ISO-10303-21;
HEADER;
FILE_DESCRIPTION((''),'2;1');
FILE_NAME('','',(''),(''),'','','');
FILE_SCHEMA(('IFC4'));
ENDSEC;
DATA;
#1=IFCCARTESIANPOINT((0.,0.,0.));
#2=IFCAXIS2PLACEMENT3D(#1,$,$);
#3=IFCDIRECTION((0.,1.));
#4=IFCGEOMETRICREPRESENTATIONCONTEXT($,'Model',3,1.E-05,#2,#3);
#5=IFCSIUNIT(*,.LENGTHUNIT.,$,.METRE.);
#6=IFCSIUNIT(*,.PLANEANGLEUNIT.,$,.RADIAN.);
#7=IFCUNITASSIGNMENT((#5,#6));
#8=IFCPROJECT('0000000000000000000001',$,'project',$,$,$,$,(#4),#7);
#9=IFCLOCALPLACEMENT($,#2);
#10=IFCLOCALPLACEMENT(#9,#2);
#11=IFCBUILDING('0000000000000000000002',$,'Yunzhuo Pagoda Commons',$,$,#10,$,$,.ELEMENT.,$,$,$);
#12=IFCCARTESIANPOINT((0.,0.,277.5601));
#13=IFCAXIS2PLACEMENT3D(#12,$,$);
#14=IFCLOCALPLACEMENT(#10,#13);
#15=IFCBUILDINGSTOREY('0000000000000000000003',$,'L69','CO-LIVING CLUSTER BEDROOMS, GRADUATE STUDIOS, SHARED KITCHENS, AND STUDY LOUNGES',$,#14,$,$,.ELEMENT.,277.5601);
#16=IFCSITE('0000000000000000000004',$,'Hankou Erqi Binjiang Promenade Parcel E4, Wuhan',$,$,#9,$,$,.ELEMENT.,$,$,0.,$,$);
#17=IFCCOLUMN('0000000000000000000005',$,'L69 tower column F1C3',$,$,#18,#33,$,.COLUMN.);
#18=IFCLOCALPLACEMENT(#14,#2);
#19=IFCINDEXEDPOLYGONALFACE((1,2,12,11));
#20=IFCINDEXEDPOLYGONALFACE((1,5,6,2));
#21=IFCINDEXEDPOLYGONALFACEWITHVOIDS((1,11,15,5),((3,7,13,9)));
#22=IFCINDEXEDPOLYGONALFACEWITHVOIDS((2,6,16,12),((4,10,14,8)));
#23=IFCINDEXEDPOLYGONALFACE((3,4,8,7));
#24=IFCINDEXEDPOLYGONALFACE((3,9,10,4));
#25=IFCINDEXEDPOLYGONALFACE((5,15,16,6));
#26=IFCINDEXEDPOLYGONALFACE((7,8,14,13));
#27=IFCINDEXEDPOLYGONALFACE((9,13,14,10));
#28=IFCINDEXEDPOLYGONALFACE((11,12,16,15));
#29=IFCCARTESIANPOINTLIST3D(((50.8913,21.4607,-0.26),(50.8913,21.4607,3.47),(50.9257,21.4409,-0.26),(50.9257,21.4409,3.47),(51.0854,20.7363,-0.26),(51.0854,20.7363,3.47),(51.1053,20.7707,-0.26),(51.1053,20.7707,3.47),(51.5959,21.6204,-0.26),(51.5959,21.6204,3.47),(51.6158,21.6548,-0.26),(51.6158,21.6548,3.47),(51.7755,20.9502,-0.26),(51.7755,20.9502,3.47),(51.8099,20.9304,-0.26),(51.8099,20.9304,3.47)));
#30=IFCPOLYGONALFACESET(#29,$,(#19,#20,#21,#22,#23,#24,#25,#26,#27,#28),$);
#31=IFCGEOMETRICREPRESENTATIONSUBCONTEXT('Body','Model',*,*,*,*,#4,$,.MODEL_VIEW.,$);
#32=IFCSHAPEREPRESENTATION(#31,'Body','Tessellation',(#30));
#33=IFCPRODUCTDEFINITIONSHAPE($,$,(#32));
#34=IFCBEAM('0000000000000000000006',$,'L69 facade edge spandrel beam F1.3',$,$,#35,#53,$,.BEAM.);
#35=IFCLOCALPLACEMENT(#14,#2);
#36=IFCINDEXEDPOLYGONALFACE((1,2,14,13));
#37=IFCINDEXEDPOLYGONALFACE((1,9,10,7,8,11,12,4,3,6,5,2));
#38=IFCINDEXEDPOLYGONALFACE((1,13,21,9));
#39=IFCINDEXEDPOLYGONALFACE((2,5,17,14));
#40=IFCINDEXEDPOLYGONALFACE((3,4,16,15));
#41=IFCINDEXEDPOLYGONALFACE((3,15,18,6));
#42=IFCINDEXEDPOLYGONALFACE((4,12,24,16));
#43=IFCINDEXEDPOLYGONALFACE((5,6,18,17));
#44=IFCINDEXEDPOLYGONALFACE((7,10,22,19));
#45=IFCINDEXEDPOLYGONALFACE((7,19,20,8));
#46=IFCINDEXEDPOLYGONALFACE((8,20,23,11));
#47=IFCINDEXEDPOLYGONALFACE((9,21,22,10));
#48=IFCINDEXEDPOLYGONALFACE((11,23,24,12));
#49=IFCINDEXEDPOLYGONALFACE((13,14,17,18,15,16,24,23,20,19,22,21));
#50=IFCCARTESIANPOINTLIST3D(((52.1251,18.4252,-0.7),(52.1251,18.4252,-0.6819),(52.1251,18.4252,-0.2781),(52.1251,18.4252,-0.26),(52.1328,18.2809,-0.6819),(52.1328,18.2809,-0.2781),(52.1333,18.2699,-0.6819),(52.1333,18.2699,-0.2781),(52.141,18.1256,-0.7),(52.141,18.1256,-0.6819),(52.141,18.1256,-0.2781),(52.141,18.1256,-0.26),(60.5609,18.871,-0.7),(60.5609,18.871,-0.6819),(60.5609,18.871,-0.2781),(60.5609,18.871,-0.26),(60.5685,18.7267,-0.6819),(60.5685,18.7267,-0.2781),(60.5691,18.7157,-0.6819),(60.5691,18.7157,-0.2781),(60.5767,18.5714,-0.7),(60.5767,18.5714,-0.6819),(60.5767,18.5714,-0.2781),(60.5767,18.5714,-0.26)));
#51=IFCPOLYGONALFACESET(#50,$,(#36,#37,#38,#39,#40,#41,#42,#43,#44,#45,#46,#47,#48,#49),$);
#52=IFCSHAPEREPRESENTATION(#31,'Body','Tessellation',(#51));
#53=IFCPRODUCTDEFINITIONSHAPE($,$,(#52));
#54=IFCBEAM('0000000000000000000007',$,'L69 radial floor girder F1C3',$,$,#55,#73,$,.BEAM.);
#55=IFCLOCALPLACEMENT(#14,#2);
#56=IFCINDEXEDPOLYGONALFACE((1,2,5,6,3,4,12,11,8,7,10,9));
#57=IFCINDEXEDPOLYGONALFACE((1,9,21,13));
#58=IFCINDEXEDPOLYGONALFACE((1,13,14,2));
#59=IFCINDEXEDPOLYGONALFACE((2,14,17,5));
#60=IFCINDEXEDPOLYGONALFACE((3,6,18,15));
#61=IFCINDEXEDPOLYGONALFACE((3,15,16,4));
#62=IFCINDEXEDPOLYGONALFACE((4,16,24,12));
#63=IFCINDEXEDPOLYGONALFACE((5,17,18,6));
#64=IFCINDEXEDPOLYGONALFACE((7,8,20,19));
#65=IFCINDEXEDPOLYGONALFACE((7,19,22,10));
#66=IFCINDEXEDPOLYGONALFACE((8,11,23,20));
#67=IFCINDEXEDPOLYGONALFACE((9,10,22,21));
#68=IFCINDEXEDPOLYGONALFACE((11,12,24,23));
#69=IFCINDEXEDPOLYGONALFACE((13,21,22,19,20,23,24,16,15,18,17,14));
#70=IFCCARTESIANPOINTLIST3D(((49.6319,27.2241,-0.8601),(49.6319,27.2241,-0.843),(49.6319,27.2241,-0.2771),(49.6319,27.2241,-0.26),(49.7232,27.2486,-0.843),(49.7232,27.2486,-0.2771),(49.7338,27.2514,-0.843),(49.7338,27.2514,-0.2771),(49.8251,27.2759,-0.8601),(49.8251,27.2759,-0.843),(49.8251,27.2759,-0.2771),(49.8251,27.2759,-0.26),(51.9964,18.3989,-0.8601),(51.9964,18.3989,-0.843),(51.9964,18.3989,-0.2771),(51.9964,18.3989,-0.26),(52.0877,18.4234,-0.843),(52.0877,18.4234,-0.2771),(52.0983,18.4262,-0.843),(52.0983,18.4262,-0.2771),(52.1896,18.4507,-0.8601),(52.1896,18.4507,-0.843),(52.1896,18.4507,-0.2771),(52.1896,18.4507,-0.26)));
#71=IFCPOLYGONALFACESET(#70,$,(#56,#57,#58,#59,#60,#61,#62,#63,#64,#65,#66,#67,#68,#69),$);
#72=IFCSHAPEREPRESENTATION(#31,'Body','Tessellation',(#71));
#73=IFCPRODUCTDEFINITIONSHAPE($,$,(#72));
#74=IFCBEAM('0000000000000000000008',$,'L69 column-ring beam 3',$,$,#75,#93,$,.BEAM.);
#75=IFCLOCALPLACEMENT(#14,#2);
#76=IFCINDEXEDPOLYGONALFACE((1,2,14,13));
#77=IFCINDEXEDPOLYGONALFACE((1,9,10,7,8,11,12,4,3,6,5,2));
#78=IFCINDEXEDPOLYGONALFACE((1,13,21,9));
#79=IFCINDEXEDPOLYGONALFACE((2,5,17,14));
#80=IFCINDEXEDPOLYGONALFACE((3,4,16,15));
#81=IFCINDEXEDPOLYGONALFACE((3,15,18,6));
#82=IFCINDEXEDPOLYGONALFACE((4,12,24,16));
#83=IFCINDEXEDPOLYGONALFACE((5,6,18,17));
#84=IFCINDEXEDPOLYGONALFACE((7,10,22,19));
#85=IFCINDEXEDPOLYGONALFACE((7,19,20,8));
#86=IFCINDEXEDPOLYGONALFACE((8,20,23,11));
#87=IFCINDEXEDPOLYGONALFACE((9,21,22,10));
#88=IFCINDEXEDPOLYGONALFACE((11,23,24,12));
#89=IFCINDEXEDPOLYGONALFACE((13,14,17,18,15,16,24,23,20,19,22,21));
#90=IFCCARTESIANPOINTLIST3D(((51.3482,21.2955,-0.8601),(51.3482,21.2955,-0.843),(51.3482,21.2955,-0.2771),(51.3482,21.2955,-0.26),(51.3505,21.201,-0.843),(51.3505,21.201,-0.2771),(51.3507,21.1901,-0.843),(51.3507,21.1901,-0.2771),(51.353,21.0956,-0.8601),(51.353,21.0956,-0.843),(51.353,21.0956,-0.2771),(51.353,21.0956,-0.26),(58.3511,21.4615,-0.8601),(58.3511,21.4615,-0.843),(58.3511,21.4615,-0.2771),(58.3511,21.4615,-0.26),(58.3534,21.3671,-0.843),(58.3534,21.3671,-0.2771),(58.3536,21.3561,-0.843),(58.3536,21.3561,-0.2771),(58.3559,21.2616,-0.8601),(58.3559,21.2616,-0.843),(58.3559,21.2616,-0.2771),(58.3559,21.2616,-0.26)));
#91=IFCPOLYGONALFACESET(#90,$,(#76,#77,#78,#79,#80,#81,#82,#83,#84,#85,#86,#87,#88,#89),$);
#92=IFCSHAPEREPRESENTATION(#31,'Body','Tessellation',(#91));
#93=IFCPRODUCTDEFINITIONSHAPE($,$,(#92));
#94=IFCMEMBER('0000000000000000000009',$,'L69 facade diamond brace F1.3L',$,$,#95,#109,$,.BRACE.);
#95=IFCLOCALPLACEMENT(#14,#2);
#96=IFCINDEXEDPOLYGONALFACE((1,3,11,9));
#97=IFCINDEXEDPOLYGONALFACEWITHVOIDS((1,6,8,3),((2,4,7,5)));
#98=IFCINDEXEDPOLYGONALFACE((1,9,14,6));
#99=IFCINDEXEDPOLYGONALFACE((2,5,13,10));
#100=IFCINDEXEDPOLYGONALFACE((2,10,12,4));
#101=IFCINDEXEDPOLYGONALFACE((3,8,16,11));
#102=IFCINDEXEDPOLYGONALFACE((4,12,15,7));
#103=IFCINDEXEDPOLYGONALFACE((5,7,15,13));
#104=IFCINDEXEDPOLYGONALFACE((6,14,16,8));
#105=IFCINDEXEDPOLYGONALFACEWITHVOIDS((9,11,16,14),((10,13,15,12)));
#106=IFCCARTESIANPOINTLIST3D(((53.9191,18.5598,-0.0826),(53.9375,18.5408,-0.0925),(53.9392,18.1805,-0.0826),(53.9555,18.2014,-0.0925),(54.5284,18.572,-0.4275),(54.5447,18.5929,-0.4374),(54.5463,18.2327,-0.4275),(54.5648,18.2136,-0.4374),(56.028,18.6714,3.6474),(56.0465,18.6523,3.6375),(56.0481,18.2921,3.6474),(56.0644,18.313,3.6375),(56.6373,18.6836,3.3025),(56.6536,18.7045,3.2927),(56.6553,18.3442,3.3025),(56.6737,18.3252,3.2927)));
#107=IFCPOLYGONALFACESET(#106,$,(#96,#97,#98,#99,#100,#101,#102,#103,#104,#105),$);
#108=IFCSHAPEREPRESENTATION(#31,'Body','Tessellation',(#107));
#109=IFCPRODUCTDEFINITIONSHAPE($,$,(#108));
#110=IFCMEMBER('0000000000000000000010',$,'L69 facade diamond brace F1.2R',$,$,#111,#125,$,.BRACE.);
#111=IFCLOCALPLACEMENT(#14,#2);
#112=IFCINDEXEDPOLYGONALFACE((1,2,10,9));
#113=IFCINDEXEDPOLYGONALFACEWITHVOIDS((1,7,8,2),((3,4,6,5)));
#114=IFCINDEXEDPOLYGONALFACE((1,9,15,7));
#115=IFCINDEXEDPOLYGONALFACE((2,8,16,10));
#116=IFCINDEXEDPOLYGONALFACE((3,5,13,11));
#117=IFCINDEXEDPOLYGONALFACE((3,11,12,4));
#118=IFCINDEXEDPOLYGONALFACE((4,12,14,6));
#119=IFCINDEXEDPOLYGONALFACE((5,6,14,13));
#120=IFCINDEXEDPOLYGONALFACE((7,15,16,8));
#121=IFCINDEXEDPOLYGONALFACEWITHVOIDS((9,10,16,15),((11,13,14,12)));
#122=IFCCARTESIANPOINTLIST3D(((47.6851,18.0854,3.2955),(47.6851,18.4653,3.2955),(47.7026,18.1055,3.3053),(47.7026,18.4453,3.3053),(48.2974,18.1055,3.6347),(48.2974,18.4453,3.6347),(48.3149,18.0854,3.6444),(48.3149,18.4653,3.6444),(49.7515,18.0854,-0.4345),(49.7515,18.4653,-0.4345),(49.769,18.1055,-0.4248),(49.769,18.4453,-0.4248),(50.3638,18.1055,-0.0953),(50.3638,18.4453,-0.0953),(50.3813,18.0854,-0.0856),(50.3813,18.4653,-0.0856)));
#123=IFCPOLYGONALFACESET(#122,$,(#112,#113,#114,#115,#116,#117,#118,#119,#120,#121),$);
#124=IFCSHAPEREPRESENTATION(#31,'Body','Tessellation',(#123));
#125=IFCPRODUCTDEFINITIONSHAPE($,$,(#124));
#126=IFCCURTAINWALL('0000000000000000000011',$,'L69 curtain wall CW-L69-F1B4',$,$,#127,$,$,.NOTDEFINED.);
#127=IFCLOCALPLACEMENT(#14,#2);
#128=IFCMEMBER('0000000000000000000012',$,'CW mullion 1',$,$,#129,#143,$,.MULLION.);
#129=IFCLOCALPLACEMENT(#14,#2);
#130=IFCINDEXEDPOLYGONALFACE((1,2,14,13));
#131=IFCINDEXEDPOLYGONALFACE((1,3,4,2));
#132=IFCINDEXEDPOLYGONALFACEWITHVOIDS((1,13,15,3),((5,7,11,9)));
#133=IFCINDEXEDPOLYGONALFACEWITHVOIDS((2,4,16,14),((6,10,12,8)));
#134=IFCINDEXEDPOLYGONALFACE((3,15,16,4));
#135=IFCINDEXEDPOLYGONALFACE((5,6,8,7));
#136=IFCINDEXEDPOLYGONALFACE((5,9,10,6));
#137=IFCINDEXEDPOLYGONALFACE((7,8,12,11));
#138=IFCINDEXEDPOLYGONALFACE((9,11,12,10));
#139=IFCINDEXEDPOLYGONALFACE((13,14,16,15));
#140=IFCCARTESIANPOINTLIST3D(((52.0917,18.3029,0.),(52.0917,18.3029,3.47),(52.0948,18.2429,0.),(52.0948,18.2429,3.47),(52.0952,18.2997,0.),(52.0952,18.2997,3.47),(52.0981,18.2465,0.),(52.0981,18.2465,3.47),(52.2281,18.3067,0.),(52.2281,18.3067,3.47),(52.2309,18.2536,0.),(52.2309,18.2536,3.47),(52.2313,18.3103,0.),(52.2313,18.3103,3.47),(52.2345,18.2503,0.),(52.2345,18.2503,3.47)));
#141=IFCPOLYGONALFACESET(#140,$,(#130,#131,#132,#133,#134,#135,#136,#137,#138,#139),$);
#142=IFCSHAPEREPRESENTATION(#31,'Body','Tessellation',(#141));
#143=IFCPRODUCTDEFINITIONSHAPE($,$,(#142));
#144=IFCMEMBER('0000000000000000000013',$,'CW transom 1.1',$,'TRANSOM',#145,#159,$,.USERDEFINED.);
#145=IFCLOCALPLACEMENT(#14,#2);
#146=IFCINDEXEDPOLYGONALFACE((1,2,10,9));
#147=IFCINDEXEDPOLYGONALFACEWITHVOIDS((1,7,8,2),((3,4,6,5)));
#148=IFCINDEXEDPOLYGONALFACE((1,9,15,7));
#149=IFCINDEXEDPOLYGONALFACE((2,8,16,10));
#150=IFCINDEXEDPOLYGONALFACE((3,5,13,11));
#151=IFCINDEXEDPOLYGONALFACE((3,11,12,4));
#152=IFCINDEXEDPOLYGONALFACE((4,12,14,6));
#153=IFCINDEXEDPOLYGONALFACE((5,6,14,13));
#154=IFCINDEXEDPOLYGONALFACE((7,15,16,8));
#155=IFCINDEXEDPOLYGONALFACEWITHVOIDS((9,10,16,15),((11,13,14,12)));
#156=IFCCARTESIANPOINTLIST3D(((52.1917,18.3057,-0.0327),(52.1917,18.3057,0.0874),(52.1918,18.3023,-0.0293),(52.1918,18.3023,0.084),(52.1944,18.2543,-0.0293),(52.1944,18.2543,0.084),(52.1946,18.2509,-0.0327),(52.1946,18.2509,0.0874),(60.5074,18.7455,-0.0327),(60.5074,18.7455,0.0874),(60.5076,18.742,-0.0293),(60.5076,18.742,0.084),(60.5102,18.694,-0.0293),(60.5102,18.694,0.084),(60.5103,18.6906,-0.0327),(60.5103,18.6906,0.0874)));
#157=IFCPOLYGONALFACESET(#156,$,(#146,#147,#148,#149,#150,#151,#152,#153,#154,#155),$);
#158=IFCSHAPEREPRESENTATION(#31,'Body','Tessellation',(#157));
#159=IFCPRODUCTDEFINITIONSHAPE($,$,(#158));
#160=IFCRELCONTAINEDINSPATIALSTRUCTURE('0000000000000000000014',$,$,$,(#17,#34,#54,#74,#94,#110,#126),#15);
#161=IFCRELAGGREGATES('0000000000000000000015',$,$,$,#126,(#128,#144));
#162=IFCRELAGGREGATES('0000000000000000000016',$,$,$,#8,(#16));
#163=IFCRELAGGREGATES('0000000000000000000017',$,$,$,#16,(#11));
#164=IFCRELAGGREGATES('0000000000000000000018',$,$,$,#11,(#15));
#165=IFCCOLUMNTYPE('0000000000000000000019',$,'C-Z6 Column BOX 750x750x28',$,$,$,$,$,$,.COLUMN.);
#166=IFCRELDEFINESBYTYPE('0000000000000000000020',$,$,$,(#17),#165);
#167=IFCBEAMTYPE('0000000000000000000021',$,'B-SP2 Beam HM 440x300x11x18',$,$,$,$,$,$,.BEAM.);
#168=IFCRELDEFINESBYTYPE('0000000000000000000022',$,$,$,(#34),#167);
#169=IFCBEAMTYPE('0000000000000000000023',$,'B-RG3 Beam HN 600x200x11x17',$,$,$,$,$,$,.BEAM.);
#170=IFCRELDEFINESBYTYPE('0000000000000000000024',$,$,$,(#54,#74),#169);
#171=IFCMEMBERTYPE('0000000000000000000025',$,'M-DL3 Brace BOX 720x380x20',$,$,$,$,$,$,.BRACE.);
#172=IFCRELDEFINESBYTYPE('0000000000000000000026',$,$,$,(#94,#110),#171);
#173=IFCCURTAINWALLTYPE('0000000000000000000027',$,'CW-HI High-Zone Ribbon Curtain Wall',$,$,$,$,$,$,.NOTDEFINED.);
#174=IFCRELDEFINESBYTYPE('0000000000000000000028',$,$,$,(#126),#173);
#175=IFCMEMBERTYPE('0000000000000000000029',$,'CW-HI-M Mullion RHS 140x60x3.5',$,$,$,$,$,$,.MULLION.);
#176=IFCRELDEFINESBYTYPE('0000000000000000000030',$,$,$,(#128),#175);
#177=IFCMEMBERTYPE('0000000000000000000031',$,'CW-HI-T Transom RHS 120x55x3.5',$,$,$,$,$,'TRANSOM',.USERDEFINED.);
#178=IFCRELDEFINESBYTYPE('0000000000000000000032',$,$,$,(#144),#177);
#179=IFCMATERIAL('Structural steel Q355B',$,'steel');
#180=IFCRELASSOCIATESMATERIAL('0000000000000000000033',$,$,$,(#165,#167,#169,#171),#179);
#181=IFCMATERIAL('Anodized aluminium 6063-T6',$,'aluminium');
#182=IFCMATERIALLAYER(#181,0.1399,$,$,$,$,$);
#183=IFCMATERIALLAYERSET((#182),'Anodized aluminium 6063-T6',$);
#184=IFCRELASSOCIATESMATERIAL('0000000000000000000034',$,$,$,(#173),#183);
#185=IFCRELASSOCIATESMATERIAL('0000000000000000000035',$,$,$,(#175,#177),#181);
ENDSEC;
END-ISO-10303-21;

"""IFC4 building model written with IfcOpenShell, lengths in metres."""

from ifc_helpers import new_model, si_unit, direction, frame, origin, origin_2d, place, context, subcontext, project, spatial, hollow_rectangle, i_section, extrude, source, transform, mapped, material, layer, layer_set, material_profile, profile_set, type_object, element, aggregate, save


model = new_model("IFC4")

# Units and contexts
model_context = context("Model", 3, precision=1e-05, world=origin(), true_north=direction((0.0, 1.0)))
body_context = subcontext(model_context, "Body", "Model", "MODEL_VIEW")
ifc_project = project(units=[si_unit("LENGTHUNIT", "METRE"), si_unit("PLANEANGLEUNIT", "RADIAN")], contexts=[model_context])

# Site, building, storey
site_placement = place(None, origin())
site = spatial("IfcSite", under=ifc_project, at=site_placement, Name="Hankou Erqi Binjiang Promenade Parcel E4, Wuhan", CompositionType="ELEMENT", RefElevation=0.0)
building_placement = place(site_placement, origin())
building = spatial("IfcBuilding", under=site, at=building_placement, Name="Yunzhuo Pagoda Commons", CompositionType="ELEMENT")
storey_placement = place(building_placement, frame((0.0, 0.0, 277.5601)))
storey = spatial("IfcBuildingStorey", under=building, at=storey_placement, Name="L69", Description="CO-LIVING CLUSTER BEDROOMS, GRADUATE STUDIOS, SHARED KITCHENS, AND STUDY LOUNGES", CompositionType="ELEMENT", Elevation=277.5601)

# Column
ifc_material_1 = material(Name="Structural steel Q355B", Category="steel")
ifc_material_profile_1 = material_profile(ifc_material_1, hollow_rectangle(XDim=0.75, YDim=0.75, WallThickness=0.0281, at=origin_2d()), Name="Structural steel Q355B")
ifc_profile_set_1 = profile_set([ifc_material_profile_1], Name="Structural steel Q355B")
column_type = type_object("IfcColumnType", Name="C-Z6 Column BOX 750x750x28", PredefinedType="COLUMN", material=ifc_profile_set_1)
shared_shape_1 = source(origin(), body_context, "Body", "SweptSolid", [
    extrude(hollow_rectangle(XDim=0.75, YDim=0.75, WallThickness=0.0281, at=origin_2d()), origin(), (0.0, 0.0, 1.0), 3.73),
])
column_placement = place(storey_placement, frame((51.3506, 21.1956, -0.26), z_axis=(0.0, 0.0, 1.0), x_axis=(0.965926, 0.258819, 0.0)))
element("IfcColumn", 1, at=column_placement, inside=storey, type_object=column_type, Name="L69 tower column F1C3", PredefinedType="COLUMN", context=body_context, shape_type="MappedRepresentation", body=[
    mapped(shared_shape_1, transform((0.0, 0.0, 0.0), scale=1.0)),
])

# Beams
ifc_material_profile_2 = material_profile(ifc_material_1, i_section(OverallWidth=0.3, OverallDepth=0.4399, WebThickness=0.011, FlangeThickness=0.0181, at=origin_2d()), Name="Structural steel Q355B")
ifc_profile_set_2 = profile_set([ifc_material_profile_2], Name="Structural steel Q355B")
beam_type_1 = type_object("IfcBeamType", Name="B-SP2 Beam HM 440x300x11x18", PredefinedType="BEAM", material=ifc_profile_set_2)
shared_shape_2 = source(origin(), body_context, "Body", "SweptSolid", [
    extrude(i_section(OverallWidth=0.3, OverallDepth=0.4399, WebThickness=0.011, FlangeThickness=0.0181, at=origin_2d()), origin(), (0.0, 0.0, 1.0), 8.4475),
])
beam_1_placement = place(storey_placement, frame((52.1331, 18.2754, -0.48), z_axis=(0.998607, 0.052773, 0.0), x_axis=(-0.052773, 0.998607, 0.0)))
element("IfcBeam", 2, at=beam_1_placement, inside=storey, type_object=beam_type_1, Name="L69 facade edge spandrel beam F1.3", PredefinedType="BEAM", context=body_context, shape_type="MappedRepresentation", body=[
    mapped(shared_shape_2, transform((0.0, 0.0, 0.0), scale=1.0)),
])
ifc_material_profile_3 = material_profile(ifc_material_1, i_section(OverallWidth=0.2, OverallDepth=0.6001, WebThickness=0.011, FlangeThickness=0.0171, at=origin_2d()), Name="Structural steel Q355B")
ifc_profile_set_3 = profile_set([ifc_material_profile_3], Name="Structural steel Q355B")
beam_type_2 = type_object("IfcBeamType", Name="B-RG3 Beam HN 600x200x11x17", PredefinedType="BEAM", material=ifc_profile_set_3)
shared_shape_3 = source(origin(), body_context, "Body", "SweptSolid", [
    extrude(i_section(OverallWidth=0.2, OverallDepth=0.6001, WebThickness=0.011, FlangeThickness=0.0171, at=origin_2d()), origin(), (0.0, 0.0, 1.0), 9.1365),
])
beam_2_placement = place(storey_placement, frame((52.093, 18.4248, -0.5601), z_axis=(-0.258798, 0.965931, 0.0), x_axis=(-0.965931, -0.258798, 0.0)))
element("IfcBeam", 3, at=beam_2_placement, inside=storey, type_object=beam_type_2, Name="L69 radial floor girder F1C3", PredefinedType="BEAM", context=body_context, shape_type="MappedRepresentation", body=[
    mapped(shared_shape_3, transform((0.0, 0.0, 0.0), scale=1.0)),
])
shared_shape_4 = source(origin(), body_context, "Body", "SweptSolid", [
    extrude(i_section(OverallWidth=0.2, OverallDepth=0.6001, WebThickness=0.011, FlangeThickness=0.0171, at=origin_2d()), origin(), (0.0, 0.0, 1.0), 7.0049),
])
beam_3_placement = place(storey_placement, frame((51.3506, 21.1956, -0.5601), z_axis=(0.999719, 0.0237, 0.0), x_axis=(-0.0237, 0.999719, 0.0)))
element("IfcBeam", 4, at=beam_3_placement, inside=storey, type_object=beam_type_2, Name="L69 column-ring beam 3", PredefinedType="BEAM", context=body_context, shape_type="MappedRepresentation", body=[
    mapped(shared_shape_4, transform((0.0, 0.0, 0.0), scale=1.0)),
])

# Members
ifc_material_profile_4 = material_profile(ifc_material_1, hollow_rectangle(XDim=0.3799, YDim=0.72, WallThickness=0.02, at=origin_2d()), Name="Structural steel Q355B")
ifc_profile_set_4 = profile_set([ifc_material_profile_4], Name="Structural steel Q355B")
member_type_1 = type_object("IfcMemberType", Name="M-DL3 Brace BOX 720x380x20", PredefinedType="BRACE", material=ifc_profile_set_4)
shared_shape_5 = source(origin(), body_context, "Body", "SweptSolid", [
    extrude(hollow_rectangle(XDim=0.3799, YDim=0.72, WallThickness=0.02, at=origin_2d()), origin(), (0.0, 0.0, 1.0), 4.2864),
])
member_1_placement = place(storey_placement, frame((54.2419, 18.3867, -0.26), z_axis=(0.492003, 0.02603, 0.870204), x_axis=(-0.052832, 0.998603, 0.0)))
element("IfcMember", 5, at=member_1_placement, inside=storey, type_object=member_type_1, Name="L69 facade diamond brace F1.3L", PredefinedType="BRACE", context=body_context, shape_type="MappedRepresentation", body=[
    mapped(shared_shape_5, transform((0.0, 0.0, 0.0), scale=1.0)),
])
shared_shape_6 = source(origin(), body_context, "Body", "SweptSolid", [
    extrude(hollow_rectangle(XDim=0.3799, YDim=0.72, WallThickness=0.02, at=origin_2d()), origin(), (0.0, 0.0, 1.0), 4.2642),
])
member_2_placement = place(storey_placement, frame((50.0664, 18.2754, -0.26), z_axis=(-0.484602, 0.0, 0.874735), x_axis=(0.0, -1.0, 0.0)))
element("IfcMember", 6, at=member_2_placement, inside=storey, type_object=member_type_1, Name="L69 facade diamond brace F1.2R", PredefinedType="BRACE", context=body_context, shape_type="MappedRepresentation", body=[
    mapped(shared_shape_6, transform((0.0, 0.0, 0.0), scale=1.0)),
])

# Curtain wall, members
ifc_material_2 = material(Name="Anodized aluminium 6063-T6", Category="aluminium")
ifc_layer_1 = layer(ifc_material_2, 0.1399)
ifc_layer_set_1 = layer_set([ifc_layer_1], Name="Anodized aluminium 6063-T6")
curtain_wall_type = type_object("IfcCurtainWallType", Name="CW-HI High-Zone Ribbon Curtain Wall", PredefinedType="NOTDEFINED", material=ifc_layer_set_1)
curtain_wall_1_placement = place(storey_placement, origin())
curtain_wall_1 = element("IfcCurtainWall", 7, at=curtain_wall_1_placement, inside=storey, type_object=curtain_wall_type, Name="L69 curtain wall CW-L69-F1B4", PredefinedType="NOTDEFINED")
ifc_material_profile_5 = material_profile(ifc_material_2, hollow_rectangle(XDim=0.0601, YDim=0.1399, WallThickness=0.0034, at=origin_2d()), Name="Anodized aluminium 6063-T6")
ifc_profile_set_5 = profile_set([ifc_material_profile_5], Name="Anodized aluminium 6063-T6")
member_type_2 = type_object("IfcMemberType", Name="CW-HI-M Mullion RHS 140x60x3.5", PredefinedType="MULLION", material=ifc_profile_set_5)
shared_shape_7 = source(origin(), body_context, "Body", "SweptSolid", [
    extrude(hollow_rectangle(XDim=0.0601, YDim=0.1399, WallThickness=0.0034, at=origin_2d()), origin(), (0.0, 0.0, 1.0), 3.47),
])
member_3_placement = place(storey_placement, frame((52.1631, 18.2766, 0.0), z_axis=(0.0, 0.0, 1.0), x_axis=(-0.052822, 0.998604, 0.0)))
member_3 = element("IfcMember", 8, at=member_3_placement, type_object=member_type_2, Name="CW mullion 1", PredefinedType="MULLION", context=body_context, shape_type="MappedRepresentation", body=[
    mapped(shared_shape_7, transform((0.0, 0.0, 0.0), scale=1.0)),
])
ifc_material_profile_6 = material_profile(ifc_material_2, hollow_rectangle(XDim=0.0549, YDim=0.1201, WallThickness=0.0034, at=origin_2d()), Name="Anodized aluminium 6063-T6")
ifc_profile_set_6 = profile_set([ifc_material_profile_6], Name="Anodized aluminium 6063-T6")
member_type_3 = type_object("IfcMemberType", Name="CW-HI-T Transom RHS 120x55x3.5", ElementType="TRANSOM", PredefinedType="USERDEFINED", material=ifc_profile_set_6)
shared_shape_8 = source(origin(), body_context, "Body", "SweptSolid", [
    extrude(hollow_rectangle(XDim=0.0549, YDim=0.1201, WallThickness=0.0034, at=origin_2d()), origin(), (0.0, 0.0, 1.0), 8.3274),
])
member_4_placement = place(storey_placement, frame((52.1931, 18.2783, 0.0273), z_axis=(0.998605, 0.052802, 0.0), x_axis=(-0.052802, 0.998605, 0.0)))
member_4 = element("IfcMember", 9, at=member_4_placement, type_object=member_type_3, Name="CW transom 1.1", ObjectType="TRANSOM", PredefinedType="USERDEFINED", context=body_context, shape_type="MappedRepresentation", body=[
    mapped(shared_shape_8, transform((0.0, 0.0, 0.0), scale=1.0)),
])

aggregate(curtain_wall_1, [member_3, member_4])

save(model, "model.ifc")
